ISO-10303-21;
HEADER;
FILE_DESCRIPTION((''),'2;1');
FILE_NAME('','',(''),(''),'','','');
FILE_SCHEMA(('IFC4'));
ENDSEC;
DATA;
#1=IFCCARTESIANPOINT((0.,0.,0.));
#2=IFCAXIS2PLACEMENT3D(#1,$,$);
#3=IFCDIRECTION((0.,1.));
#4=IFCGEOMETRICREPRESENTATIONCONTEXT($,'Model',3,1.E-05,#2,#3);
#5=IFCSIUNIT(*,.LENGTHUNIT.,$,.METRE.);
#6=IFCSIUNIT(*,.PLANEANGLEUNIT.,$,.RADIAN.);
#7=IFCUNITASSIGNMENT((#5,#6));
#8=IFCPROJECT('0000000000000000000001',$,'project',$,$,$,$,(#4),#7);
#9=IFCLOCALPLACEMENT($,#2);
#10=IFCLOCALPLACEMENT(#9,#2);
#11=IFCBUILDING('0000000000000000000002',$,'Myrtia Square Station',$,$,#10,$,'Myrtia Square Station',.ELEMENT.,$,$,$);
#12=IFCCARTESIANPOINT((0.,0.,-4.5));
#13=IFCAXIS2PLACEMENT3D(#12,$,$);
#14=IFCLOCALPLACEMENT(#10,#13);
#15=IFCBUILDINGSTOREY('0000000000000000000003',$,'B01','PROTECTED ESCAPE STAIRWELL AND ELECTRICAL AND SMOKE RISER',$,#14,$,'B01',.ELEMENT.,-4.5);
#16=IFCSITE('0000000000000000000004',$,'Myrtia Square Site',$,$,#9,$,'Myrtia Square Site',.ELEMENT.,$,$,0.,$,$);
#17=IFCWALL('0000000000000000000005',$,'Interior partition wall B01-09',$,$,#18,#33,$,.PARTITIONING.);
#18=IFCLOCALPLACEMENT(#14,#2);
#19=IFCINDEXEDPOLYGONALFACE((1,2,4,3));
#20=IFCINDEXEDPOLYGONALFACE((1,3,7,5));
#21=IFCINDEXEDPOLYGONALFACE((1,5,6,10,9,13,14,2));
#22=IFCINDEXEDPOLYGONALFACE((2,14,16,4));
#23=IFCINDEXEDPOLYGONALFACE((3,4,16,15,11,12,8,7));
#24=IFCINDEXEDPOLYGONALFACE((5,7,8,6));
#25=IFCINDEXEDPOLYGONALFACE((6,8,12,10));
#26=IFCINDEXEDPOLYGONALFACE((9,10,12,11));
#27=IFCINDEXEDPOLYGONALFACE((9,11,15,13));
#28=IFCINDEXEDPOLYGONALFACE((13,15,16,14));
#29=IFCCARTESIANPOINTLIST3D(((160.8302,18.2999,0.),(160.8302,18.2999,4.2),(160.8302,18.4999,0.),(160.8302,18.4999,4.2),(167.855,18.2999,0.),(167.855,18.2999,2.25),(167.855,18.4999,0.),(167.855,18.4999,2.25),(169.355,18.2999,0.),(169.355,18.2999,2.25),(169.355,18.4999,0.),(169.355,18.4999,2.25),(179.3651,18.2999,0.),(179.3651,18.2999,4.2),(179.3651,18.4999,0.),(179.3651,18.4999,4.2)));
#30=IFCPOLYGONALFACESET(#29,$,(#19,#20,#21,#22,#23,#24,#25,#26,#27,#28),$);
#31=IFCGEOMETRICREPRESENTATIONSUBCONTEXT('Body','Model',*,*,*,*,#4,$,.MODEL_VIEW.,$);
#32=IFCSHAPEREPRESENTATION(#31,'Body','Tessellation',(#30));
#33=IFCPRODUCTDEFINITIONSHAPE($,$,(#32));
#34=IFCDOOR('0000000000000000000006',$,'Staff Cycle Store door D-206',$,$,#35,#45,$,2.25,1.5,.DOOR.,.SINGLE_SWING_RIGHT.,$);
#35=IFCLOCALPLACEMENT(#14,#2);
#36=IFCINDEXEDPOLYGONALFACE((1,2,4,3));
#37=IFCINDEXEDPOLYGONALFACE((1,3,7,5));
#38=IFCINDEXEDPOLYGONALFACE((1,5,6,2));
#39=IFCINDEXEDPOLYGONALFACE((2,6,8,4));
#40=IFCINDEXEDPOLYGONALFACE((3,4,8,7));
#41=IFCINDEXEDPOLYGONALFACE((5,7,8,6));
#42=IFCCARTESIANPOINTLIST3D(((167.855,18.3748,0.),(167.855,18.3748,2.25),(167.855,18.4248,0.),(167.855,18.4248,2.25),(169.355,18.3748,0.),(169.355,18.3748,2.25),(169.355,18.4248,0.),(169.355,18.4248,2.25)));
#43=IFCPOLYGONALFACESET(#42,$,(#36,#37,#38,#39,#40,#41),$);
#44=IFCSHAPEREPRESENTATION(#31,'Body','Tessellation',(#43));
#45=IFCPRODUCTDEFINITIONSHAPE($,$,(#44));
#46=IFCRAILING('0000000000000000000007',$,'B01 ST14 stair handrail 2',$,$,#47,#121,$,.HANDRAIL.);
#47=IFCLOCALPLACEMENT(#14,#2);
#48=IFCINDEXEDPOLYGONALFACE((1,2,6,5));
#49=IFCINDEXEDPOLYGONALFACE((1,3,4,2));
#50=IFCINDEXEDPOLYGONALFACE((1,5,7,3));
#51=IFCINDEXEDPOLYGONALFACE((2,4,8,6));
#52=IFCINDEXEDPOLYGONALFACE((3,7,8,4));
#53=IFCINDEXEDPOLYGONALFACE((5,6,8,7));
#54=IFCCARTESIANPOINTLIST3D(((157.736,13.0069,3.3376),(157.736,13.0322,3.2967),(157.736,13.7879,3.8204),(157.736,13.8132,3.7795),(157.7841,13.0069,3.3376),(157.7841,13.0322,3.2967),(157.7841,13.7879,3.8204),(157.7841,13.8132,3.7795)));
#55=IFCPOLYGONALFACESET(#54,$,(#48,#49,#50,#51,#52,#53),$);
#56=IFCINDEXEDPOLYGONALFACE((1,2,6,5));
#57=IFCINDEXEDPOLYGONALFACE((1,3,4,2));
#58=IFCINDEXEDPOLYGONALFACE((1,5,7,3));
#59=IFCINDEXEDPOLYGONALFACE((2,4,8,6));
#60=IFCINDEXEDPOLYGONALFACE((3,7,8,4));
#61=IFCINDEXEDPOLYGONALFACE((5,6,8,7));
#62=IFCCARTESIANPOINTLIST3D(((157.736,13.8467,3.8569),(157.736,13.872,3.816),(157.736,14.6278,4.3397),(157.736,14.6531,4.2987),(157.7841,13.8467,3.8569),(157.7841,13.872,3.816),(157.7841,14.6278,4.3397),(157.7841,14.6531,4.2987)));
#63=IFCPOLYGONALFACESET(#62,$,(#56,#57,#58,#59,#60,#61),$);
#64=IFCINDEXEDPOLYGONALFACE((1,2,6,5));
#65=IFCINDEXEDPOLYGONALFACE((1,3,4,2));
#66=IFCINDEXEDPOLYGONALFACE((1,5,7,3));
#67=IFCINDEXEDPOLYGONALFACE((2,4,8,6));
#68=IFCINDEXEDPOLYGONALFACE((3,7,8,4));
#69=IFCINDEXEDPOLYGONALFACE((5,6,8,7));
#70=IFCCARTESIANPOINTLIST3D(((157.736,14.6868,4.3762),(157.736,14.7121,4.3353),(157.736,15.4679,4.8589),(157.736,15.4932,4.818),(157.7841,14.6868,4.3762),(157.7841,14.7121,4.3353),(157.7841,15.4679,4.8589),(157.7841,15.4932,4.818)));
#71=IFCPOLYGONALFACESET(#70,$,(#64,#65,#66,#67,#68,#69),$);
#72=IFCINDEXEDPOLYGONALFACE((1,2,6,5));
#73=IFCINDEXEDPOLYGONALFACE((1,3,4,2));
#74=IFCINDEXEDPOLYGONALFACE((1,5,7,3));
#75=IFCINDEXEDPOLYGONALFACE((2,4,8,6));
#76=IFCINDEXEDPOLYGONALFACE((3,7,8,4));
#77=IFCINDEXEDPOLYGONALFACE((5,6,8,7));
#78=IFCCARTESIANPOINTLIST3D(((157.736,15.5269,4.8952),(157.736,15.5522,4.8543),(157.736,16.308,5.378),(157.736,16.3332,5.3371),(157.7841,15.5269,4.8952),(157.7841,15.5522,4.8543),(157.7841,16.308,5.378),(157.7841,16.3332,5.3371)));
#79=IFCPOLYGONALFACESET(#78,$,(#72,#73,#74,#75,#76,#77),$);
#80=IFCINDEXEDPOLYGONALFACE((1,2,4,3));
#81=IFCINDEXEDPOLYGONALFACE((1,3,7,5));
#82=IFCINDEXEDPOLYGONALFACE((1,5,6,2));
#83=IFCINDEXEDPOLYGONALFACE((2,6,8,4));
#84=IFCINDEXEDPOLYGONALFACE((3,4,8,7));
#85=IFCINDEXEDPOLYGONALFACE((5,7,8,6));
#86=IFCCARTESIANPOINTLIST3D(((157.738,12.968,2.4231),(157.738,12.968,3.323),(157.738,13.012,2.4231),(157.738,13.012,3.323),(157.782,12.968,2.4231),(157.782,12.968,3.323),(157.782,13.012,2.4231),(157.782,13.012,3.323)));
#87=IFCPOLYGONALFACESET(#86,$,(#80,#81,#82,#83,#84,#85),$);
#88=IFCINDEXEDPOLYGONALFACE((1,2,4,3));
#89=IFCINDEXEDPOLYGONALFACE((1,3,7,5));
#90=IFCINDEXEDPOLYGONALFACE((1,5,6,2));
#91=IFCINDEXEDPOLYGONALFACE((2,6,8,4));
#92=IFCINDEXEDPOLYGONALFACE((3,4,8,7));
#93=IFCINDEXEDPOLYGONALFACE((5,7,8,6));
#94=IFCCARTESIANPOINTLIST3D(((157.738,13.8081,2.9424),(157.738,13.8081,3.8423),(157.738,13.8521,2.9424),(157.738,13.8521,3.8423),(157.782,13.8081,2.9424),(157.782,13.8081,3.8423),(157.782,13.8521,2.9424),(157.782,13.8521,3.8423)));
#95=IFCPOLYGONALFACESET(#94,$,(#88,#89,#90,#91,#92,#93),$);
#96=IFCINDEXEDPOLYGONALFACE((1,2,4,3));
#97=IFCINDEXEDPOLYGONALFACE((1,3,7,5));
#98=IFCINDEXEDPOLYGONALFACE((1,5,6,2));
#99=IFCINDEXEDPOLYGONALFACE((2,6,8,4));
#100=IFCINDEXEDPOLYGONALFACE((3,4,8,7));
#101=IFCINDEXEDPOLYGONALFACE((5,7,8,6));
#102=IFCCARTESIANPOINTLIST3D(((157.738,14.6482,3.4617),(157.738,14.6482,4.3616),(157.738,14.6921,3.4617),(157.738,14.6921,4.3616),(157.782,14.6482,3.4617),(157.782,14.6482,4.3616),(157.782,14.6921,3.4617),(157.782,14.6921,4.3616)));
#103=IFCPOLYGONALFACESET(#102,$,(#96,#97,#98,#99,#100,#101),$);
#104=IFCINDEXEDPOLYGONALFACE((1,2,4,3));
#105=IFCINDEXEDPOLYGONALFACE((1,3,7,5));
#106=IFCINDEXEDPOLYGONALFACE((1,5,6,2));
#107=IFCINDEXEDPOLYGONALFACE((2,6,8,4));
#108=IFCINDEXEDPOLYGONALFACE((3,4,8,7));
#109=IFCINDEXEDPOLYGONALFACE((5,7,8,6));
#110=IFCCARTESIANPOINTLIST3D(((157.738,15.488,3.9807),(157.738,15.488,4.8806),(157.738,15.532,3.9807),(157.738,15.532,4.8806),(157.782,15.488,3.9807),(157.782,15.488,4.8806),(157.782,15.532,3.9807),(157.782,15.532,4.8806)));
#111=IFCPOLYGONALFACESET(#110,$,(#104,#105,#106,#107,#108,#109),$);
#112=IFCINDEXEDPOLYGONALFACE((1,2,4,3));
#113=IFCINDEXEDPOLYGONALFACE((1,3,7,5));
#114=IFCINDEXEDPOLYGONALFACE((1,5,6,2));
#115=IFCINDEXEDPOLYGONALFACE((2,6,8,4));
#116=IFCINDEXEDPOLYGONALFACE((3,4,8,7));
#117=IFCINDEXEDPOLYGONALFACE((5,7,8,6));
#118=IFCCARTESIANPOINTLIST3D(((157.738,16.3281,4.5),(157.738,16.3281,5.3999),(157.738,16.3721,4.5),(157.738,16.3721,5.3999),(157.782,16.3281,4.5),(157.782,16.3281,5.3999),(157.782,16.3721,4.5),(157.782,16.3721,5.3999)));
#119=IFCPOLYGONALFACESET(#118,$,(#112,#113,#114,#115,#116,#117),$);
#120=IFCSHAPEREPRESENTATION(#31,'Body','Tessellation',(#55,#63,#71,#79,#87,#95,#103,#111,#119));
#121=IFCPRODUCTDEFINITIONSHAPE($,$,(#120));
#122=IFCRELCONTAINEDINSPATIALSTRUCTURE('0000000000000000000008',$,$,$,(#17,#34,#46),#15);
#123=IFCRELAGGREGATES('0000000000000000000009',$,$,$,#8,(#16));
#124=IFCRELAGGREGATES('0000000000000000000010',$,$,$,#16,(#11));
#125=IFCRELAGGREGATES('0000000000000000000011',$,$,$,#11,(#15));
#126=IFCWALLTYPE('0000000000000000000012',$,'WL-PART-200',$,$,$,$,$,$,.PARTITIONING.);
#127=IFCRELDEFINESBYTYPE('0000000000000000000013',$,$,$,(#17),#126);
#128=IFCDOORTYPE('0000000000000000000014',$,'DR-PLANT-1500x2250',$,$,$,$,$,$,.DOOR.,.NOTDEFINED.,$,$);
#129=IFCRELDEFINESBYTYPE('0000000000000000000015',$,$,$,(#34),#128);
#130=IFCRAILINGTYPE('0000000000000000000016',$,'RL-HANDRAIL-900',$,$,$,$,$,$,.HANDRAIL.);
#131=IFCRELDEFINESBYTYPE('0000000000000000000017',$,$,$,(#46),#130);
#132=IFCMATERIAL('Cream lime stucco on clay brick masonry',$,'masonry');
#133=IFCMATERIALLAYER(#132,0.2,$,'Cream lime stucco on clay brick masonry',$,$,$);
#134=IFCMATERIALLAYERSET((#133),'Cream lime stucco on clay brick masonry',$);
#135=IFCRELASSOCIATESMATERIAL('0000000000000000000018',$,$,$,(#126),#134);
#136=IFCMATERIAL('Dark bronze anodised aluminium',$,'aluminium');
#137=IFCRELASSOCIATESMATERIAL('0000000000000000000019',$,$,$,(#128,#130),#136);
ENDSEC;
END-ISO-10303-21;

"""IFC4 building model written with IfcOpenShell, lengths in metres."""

from ifc_helpers import new_model, si_unit, direction, frame, frame_2d, origin, origin_2d, place, context, subcontext, project, spatial, rectangle, extrude, material, layer, layer_set, type_object, element, fill, save


model = new_model("IFC4")

# Units and contexts
model_context = context("Model", 3, precision=1e-05, world=origin(), true_north=direction((0.0, 1.0)))
body_context = subcontext(model_context, "Body", "Model", "MODEL_VIEW")
ifc_project = project(units=[si_unit("LENGTHUNIT", "METRE"), si_unit("PLANEANGLEUNIT", "RADIAN")], contexts=[model_context])

# Site, building, storey
site_placement = place(None, origin())
site = spatial("IfcSite", under=ifc_project, at=site_placement, Name="Myrtia Square Site", LongName="Myrtia Square Site", CompositionType="ELEMENT", RefElevation=0.0)
building_placement = place(site_placement, origin())
building = spatial("IfcBuilding", under=site, at=building_placement, Name="Myrtia Square Station", LongName="Myrtia Square Station", CompositionType="ELEMENT")
storey_placement = place(building_placement, frame((0.0, 0.0, -4.5)))
storey = spatial("IfcBuildingStorey", under=building, at=storey_placement, Name="B01", Description="PROTECTED ESCAPE STAIRWELL AND ELECTRICAL AND SMOKE RISER", LongName="B01", CompositionType="ELEMENT", Elevation=-4.5)

# Shared definitions
ifc_material_1 = material(Name="Dark bronze anodised aluminium", Category="aluminium")

# Wall, opening, door
ifc_material_2 = material(Name="Cream lime stucco on clay brick masonry", Category="masonry")
ifc_layer_1 = layer(ifc_material_2, 0.2, Name="Cream lime stucco on clay brick masonry")
ifc_layer_set_1 = layer_set([ifc_layer_1], Name="Cream lime stucco on clay brick masonry")
wall_type_1 = type_object("IfcWallType", Name="WL-PART-200", PredefinedType="PARTITIONING", material=ifc_layer_set_1)
wall_1_placement = place(storey_placement, frame((160.8301, 18.3999, 0.0), z_axis=(0.0, 0.0, 1.0), x_axis=(1.0, 0.0, 0.0)))
wall_1 = element("IfcWall", 1, at=wall_1_placement, inside=storey, type_object=wall_type_1, Name="Interior partition wall B01-09", PredefinedType="PARTITIONING", context=body_context, shape_type="SweptSolid", body=[
    extrude(rectangle(XDim=18.5349, YDim=0.2, at=frame_2d((9.2676, 0.0))), origin(), (0.0, 0.0, 1.0), 4.2),
])
opening_1_placement = place(wall_1_placement, frame((7.0249, 0.0, 0.0)))
opening_1 = element("IfcOpeningElement", 2, at=opening_1_placement, cuts=wall_1, PredefinedType="OPENING", context=body_context, shape_type="SweptSolid", body=[
    extrude(rectangle(XDim=1.5, YDim=2.25, at=frame_2d((0.75, 1.125))), frame((0.0, 0.115, 0.0), z_axis=(0.0, -1.0, 0.0), x_axis=(1.0, 0.0, 0.0)), (0.0, 0.0, 1.0), 0.23),
])
door_type_1 = type_object("IfcDoorType", Name="DR-PLANT-1500x2250", OperationType="NOTDEFINED", PredefinedType="DOOR", material=ifc_material_1)
door_1_placement = place(opening_1_placement, origin())
door_1 = element("IfcDoor", 3, at=door_1_placement, inside=storey, type_object=door_type_1, Name="Staff Cycle Store door D-206", OperationType="SINGLE_SWING_RIGHT", OverallHeight=2.25, OverallWidth=1.5, PredefinedType="DOOR", context=body_context, shape_type="SweptSolid", body=[
    extrude(rectangle(XDim=1.5, YDim=2.25, at=frame_2d((0.75, 1.125))), frame((0.0, 0.0249, 0.0), z_axis=(0.0, -1.0, 0.0), x_axis=(1.0, 0.0, 0.0)), (0.0, 0.0, 1.0), 0.05),
])
fill(opening_1, door_1)

# Railing
railing_type = type_object("IfcRailingType", Name="RL-HANDRAIL-900", PredefinedType="HANDRAIL", material=ifc_material_1)
railing_placement = place(storey_placement, frame((157.76, 12.99, 2.4231)))
element("IfcRailing", 4, at=railing_placement, inside=storey, type_object=railing_type, Name="B01 ST14 stair handrail 2", PredefinedType="HANDRAIL", context=body_context, shape_type="SweptSolid", body=[
    extrude(rectangle(XDim=0.0481, YDim=0.0481, at=origin_2d()), frame((0.0, 0.0295, 0.894), z_axis=(0.0, 0.850623, 0.525776), x_axis=(-1.0, 0.0, 0.0)), (0.0, 0.0, 1.0), 0.9182),
    extrude(rectangle(XDim=0.0481, YDim=0.0481, at=origin_2d()), frame((0.0, 0.8694, 1.4133), z_axis=(0.0, 0.850623, 0.525776), x_axis=(-1.0, 0.0, 0.0)), (0.0, 0.0, 1.0), 0.9182),
    extrude(rectangle(XDim=0.0481, YDim=0.0481, at=origin_2d()), frame((0.0, 1.7095, 1.9326), z_axis=(0.0, 0.850623, 0.525776), x_axis=(-1.0, 0.0, 0.0)), (0.0, 0.0, 1.0), 0.9182),
    extrude(rectangle(XDim=0.0481, YDim=0.0481, at=origin_2d()), frame((0.0, 2.5496, 2.4517), z_axis=(0.0, 0.850623, 0.525776), x_axis=(-1.0, 0.0, 0.0)), (0.0, 0.0, 1.0), 0.9182),
    extrude(rectangle(XDim=0.0439, YDim=0.0439, at=origin_2d()), origin(), (0.0, 0.0, 1.0), 0.8999),
    extrude(rectangle(XDim=0.0439, YDim=0.0439, at=origin_2d()), frame((0.0, 0.8401, 0.5193)), (0.0, 0.0, 1.0), 0.8999),
    extrude(rectangle(XDim=0.0439, YDim=0.0439, at=origin_2d()), frame((0.0, 1.6802, 1.0386)), (0.0, 0.0, 1.0), 0.8999),
    extrude(rectangle(XDim=0.0439, YDim=0.0439, at=origin_2d()), frame((0.0, 2.52, 1.5576)), (0.0, 0.0, 1.0), 0.8999),
    extrude(rectangle(XDim=0.0439, YDim=0.0439, at=origin_2d()), frame((0.0, 3.3601, 2.0769)), (0.0, 0.0, 1.0), 0.8999),
])

save(model, "model.ifc")
